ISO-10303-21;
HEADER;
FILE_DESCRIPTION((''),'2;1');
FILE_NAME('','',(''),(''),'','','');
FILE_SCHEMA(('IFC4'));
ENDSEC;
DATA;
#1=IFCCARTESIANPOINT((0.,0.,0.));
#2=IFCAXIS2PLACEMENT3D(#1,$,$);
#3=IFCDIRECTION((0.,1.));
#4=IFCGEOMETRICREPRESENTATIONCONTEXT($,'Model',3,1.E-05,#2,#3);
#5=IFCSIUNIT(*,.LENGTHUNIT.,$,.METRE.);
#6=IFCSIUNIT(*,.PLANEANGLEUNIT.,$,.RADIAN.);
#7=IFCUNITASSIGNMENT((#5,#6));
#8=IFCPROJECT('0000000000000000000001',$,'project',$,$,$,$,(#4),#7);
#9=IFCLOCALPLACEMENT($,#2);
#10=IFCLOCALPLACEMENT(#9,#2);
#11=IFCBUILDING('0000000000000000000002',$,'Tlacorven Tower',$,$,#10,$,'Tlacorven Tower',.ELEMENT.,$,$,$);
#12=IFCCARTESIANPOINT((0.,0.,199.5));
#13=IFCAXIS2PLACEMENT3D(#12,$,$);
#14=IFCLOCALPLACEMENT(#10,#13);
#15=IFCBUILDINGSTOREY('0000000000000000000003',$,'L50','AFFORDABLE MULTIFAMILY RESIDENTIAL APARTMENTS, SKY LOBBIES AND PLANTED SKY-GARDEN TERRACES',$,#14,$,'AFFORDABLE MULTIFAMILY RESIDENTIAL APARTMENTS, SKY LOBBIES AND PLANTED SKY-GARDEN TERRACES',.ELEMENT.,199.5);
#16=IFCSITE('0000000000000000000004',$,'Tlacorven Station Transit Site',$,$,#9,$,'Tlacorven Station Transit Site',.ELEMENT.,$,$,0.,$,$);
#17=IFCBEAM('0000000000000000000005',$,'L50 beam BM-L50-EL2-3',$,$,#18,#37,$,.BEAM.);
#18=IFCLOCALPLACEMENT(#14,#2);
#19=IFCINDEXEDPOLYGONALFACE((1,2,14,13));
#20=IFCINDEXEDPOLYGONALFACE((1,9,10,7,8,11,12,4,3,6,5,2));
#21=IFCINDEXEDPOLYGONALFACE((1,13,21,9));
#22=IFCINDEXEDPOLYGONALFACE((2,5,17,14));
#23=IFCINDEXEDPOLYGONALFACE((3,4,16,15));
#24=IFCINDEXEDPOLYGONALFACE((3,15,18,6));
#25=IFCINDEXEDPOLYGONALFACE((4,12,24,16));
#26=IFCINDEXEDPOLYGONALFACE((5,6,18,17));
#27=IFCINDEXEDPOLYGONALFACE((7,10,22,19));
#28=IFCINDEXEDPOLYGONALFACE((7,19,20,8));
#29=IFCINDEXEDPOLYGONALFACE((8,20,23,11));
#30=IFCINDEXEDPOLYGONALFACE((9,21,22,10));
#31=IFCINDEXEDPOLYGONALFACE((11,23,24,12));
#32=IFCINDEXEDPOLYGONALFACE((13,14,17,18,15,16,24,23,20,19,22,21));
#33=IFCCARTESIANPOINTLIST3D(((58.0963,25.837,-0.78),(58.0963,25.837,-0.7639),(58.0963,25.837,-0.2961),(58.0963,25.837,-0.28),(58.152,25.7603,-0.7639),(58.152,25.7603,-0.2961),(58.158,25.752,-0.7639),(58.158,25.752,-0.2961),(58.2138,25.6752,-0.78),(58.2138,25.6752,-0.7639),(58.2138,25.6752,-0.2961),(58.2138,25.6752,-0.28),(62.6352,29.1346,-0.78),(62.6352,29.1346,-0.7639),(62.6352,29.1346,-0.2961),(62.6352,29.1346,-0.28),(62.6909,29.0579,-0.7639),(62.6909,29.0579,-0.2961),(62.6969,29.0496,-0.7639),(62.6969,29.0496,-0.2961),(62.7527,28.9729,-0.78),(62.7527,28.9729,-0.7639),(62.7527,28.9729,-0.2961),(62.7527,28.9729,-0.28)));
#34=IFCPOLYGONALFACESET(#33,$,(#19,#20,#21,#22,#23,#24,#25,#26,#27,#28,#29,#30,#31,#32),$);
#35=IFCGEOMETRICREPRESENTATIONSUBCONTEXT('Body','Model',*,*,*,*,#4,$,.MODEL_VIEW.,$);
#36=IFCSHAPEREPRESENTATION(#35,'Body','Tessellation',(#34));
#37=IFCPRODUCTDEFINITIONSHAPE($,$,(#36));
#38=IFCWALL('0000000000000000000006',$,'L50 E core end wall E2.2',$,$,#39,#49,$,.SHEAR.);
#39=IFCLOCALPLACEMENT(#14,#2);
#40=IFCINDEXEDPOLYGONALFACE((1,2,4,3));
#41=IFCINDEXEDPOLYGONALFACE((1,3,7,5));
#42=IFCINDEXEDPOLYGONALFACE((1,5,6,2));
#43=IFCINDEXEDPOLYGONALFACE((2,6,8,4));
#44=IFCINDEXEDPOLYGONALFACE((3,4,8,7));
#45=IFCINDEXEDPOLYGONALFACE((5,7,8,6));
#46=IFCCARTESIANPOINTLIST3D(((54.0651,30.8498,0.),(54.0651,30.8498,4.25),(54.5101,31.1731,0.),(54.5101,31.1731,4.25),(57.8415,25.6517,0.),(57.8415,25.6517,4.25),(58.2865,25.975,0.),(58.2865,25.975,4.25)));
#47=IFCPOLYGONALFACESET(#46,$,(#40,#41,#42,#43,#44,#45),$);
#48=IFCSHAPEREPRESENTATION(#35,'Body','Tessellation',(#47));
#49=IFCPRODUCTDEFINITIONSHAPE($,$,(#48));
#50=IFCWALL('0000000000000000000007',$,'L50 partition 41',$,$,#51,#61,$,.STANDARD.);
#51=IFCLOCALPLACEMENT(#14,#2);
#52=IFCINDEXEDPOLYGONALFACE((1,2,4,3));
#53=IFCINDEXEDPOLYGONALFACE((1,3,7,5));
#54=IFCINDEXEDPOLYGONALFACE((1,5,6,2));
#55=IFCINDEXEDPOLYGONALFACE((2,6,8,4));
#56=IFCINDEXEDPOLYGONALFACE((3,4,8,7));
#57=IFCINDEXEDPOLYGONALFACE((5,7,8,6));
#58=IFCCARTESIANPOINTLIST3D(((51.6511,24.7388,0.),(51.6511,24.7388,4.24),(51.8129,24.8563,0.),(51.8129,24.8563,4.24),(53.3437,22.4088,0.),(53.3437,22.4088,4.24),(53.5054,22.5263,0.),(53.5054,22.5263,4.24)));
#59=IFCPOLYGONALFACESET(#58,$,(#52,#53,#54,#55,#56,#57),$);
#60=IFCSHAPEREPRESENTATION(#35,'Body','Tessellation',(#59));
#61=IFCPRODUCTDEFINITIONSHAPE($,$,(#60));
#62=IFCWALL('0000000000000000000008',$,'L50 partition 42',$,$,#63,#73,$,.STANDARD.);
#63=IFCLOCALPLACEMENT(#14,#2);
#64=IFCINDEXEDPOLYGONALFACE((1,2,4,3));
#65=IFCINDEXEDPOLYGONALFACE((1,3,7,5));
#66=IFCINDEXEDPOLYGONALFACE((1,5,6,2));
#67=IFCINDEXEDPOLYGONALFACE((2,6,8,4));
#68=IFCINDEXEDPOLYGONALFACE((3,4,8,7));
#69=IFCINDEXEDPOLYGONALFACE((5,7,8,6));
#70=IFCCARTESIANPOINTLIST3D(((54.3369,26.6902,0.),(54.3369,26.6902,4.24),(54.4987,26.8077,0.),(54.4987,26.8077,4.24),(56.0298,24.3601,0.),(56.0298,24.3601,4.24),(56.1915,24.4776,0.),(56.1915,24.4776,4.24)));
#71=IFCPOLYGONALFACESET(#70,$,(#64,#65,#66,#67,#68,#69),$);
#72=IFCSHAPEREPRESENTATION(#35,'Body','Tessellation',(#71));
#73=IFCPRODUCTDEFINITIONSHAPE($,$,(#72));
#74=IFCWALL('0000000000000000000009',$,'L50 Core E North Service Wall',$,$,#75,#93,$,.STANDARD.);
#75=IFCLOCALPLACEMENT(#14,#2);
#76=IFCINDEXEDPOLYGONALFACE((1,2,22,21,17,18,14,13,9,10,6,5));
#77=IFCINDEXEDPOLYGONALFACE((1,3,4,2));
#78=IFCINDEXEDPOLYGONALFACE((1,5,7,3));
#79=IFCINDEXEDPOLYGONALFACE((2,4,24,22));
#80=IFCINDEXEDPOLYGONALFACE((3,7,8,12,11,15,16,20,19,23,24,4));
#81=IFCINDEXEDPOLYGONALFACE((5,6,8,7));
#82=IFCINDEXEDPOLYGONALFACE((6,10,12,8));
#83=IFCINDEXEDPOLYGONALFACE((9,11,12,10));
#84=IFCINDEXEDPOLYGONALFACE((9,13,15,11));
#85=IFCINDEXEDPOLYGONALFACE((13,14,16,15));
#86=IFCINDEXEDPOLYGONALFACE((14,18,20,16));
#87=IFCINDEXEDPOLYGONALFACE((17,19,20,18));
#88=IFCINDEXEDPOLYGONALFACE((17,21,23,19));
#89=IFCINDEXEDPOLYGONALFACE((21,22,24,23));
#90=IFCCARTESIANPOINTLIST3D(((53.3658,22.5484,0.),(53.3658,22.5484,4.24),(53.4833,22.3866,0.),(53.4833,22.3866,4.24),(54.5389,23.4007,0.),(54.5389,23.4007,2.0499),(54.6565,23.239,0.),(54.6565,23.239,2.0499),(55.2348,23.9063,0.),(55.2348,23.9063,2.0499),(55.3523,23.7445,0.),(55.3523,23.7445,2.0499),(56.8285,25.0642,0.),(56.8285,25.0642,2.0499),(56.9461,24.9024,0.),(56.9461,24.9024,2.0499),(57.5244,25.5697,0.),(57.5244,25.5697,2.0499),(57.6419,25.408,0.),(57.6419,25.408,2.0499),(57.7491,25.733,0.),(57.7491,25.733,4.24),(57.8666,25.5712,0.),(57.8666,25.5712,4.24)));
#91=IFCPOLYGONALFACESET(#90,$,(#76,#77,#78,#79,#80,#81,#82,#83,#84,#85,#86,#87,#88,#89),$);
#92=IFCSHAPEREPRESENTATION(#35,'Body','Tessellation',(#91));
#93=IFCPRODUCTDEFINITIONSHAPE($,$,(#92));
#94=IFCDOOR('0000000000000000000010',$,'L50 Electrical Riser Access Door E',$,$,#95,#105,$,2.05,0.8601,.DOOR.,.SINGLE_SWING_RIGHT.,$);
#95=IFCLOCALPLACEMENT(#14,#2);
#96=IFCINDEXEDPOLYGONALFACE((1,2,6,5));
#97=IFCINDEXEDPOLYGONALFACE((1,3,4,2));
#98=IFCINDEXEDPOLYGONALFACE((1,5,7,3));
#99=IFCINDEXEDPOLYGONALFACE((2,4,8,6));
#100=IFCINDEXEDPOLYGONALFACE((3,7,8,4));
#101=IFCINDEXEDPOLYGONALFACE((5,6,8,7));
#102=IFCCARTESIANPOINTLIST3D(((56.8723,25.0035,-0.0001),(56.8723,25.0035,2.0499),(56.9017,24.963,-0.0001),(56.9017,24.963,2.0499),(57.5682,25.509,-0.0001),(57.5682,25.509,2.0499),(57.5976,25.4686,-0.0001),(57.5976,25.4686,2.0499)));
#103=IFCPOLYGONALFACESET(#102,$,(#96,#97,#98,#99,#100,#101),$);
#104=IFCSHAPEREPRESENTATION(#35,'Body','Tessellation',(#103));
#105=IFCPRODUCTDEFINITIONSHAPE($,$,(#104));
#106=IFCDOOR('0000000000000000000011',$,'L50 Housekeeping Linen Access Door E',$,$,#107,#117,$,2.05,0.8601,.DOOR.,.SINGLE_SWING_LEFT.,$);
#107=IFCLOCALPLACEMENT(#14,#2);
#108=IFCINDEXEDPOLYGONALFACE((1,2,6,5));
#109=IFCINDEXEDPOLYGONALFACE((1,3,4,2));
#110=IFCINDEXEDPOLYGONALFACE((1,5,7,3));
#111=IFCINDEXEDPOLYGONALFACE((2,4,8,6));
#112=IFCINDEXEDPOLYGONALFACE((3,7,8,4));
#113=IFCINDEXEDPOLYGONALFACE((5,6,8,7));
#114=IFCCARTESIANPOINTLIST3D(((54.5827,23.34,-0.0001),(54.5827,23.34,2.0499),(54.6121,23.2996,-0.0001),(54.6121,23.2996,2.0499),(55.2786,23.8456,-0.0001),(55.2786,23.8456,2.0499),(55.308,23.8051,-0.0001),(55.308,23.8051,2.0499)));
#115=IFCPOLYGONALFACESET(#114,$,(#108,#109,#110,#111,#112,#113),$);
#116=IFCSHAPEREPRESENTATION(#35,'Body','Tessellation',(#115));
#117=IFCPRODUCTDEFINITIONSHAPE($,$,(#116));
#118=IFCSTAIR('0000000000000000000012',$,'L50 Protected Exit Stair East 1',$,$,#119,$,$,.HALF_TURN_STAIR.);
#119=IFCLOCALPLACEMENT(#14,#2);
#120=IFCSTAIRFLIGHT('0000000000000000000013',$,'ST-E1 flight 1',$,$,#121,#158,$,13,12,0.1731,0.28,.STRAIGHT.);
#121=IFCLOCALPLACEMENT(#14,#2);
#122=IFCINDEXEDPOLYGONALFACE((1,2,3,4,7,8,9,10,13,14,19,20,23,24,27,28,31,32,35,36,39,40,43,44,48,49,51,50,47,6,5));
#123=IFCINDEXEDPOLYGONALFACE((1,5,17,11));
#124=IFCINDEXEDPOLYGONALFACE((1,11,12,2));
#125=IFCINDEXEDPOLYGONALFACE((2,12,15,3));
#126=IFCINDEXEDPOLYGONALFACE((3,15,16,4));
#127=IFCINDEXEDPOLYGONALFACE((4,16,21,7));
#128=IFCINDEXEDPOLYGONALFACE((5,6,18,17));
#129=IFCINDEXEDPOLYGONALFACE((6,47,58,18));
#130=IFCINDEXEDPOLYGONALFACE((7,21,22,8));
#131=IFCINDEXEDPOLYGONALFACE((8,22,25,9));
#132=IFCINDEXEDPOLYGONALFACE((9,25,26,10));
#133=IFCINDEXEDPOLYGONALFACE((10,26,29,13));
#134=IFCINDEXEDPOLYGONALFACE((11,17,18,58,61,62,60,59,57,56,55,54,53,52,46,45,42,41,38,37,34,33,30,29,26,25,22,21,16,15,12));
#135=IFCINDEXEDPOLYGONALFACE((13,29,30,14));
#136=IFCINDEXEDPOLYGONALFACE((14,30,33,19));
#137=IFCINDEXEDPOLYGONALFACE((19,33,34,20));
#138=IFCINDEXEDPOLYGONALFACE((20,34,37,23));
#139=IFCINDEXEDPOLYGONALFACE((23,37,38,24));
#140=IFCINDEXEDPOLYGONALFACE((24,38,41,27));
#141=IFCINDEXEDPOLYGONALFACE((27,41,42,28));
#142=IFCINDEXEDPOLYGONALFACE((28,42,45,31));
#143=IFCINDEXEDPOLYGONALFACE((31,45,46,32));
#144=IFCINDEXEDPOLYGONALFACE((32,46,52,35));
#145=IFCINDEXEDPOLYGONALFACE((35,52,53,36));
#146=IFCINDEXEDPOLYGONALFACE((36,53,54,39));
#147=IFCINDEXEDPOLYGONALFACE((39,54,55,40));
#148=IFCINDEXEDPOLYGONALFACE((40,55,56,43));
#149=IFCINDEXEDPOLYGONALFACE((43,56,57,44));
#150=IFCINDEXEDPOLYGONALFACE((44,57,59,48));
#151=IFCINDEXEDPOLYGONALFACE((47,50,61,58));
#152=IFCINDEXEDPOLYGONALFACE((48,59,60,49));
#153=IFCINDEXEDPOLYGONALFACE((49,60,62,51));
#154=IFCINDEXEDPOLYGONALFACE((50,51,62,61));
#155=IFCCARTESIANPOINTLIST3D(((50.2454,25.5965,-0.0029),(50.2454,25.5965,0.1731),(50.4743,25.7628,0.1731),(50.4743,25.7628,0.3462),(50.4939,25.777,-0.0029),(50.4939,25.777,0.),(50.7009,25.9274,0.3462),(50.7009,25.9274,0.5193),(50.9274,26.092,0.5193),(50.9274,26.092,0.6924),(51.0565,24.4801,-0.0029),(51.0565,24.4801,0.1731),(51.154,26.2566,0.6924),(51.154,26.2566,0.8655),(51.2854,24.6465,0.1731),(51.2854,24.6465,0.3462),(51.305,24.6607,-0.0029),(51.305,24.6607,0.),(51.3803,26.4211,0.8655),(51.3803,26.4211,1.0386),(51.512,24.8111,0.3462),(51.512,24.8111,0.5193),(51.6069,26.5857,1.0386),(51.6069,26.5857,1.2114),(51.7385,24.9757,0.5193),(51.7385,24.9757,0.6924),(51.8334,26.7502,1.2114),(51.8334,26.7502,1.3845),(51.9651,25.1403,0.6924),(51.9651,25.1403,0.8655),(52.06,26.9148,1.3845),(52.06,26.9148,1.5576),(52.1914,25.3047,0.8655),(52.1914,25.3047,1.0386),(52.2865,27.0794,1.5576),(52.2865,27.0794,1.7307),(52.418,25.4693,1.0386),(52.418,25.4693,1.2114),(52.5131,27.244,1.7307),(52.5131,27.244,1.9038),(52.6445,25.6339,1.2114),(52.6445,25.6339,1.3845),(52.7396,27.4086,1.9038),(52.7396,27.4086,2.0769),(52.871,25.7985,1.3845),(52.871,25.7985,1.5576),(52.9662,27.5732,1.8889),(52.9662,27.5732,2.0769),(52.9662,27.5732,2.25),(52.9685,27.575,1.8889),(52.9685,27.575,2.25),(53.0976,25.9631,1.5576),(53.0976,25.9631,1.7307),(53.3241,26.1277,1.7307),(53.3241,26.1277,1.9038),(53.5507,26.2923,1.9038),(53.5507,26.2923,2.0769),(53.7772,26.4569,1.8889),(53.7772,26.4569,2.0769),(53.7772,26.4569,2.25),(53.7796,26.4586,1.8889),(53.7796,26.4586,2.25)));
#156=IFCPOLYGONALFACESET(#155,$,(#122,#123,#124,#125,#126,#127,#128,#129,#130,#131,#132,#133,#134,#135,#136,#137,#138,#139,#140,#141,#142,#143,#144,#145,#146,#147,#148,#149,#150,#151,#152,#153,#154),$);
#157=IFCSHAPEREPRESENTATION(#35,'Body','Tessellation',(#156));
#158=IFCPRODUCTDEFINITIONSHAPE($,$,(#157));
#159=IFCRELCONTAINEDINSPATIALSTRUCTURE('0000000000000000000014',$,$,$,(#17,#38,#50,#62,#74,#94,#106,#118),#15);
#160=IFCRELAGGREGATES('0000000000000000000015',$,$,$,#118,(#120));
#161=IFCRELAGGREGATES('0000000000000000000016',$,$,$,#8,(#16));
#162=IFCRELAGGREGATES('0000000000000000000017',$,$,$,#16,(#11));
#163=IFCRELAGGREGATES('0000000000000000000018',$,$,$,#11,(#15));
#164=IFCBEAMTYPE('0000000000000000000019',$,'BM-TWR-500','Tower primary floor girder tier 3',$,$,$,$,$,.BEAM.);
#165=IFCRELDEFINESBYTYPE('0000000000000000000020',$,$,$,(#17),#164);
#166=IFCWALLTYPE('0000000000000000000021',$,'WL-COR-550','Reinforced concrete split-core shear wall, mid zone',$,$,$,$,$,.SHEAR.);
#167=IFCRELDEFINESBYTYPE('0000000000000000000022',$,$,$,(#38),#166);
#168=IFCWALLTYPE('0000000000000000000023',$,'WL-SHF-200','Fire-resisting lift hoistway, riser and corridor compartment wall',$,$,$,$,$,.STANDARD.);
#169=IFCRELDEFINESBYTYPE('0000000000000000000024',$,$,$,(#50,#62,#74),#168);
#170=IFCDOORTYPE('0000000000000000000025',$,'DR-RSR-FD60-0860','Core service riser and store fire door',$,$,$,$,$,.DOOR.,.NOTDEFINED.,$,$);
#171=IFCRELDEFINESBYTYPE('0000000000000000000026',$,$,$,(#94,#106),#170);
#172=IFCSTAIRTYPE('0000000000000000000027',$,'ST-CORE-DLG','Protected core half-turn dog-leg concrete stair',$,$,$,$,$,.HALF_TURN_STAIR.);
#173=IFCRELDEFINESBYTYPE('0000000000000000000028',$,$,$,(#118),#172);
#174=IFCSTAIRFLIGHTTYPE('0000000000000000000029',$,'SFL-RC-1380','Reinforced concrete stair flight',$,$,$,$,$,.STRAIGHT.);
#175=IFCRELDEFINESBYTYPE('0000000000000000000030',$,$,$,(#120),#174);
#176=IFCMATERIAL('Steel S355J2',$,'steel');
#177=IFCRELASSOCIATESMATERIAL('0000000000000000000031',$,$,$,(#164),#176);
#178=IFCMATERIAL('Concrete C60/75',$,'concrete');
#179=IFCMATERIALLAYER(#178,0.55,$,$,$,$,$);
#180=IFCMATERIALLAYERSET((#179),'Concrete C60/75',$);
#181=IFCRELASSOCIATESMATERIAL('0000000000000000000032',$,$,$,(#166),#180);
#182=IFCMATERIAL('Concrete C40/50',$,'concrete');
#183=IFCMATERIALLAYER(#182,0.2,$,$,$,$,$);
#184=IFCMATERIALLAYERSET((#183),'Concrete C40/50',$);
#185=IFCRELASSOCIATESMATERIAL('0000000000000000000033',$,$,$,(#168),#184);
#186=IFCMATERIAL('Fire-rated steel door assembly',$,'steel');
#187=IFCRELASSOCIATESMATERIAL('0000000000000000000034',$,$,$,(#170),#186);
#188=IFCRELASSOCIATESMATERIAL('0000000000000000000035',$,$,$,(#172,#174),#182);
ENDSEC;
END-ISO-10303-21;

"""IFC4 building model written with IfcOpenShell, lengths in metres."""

from ifc_helpers import new_model, si_unit, direction, frame, frame_2d, origin, origin_2d, place, context, subcontext, project, spatial, polyline, rectangle, i_section, outline, extrude, source, transform, mapped, material, layer, layer_set, material_profile, profile_set, type_object, element, fill, aggregate, save


model = new_model("IFC4")

# Units and contexts
model_context = context("Model", 3, precision=1e-05, world=origin(), true_north=direction((0.0, 1.0)))
body_context = subcontext(model_context, "Body", "Model", "MODEL_VIEW")
ifc_project = project(units=[si_unit("LENGTHUNIT", "METRE"), si_unit("PLANEANGLEUNIT", "RADIAN")], contexts=[model_context])

# Site, building, storey
site_placement = place(None, origin())
site = spatial("IfcSite", under=ifc_project, at=site_placement, Name="Tlacorven Station Transit Site", LongName="Tlacorven Station Transit Site", CompositionType="ELEMENT", RefElevation=0.0)
building_placement = place(site_placement, origin())
building = spatial("IfcBuilding", under=site, at=building_placement, Name="Tlacorven Tower", LongName="Tlacorven Tower", CompositionType="ELEMENT")
storey_placement = place(building_placement, frame((0.0, 0.0, 199.5)))
storey = spatial("IfcBuildingStorey", under=building, at=storey_placement, Name="L50", Description="AFFORDABLE MULTIFAMILY RESIDENTIAL APARTMENTS, SKY LOBBIES AND PLANTED SKY-GARDEN TERRACES", LongName="AFFORDABLE MULTIFAMILY RESIDENTIAL APARTMENTS, SKY LOBBIES AND PLANTED SKY-GARDEN TERRACES", CompositionType="ELEMENT", Elevation=199.5)

# Beam
ifc_material_1 = material(Name="Steel S355J2", Category="steel")
ifc_material_profile = material_profile(ifc_material_1, i_section(OverallWidth=0.2, OverallDepth=0.5, WebThickness=0.0103, FlangeThickness=0.0161, at=origin_2d()), Name="IPE 500")
ifc_profile_set = profile_set([ifc_material_profile], Name="Steel S355J2")
beam_type = type_object("IfcBeamType", Name="BM-TWR-500", Description="Tower primary floor girder tier 3", PredefinedType="BEAM", material=ifc_profile_set)
shared_shape_1 = source(origin(), body_context, "Body", "SweptSolid", [
    extrude(i_section(OverallWidth=0.2, OverallDepth=0.5, WebThickness=0.0103, FlangeThickness=0.0161, at=origin_2d()), origin(), (0.0, 0.0, 1.0), 5.6104),
])
beam_placement = place(storey_placement, frame((58.155, 25.7561, -0.53), z_axis=(0.80902, 0.587781, 0.0), x_axis=(-0.587781, 0.80902, 0.0)))
element("IfcBeam", 1, at=beam_placement, inside=storey, type_object=beam_type, Name="L50 beam BM-L50-EL2-3", PredefinedType="BEAM", context=body_context, shape_type="MappedRepresentation", body=[
    mapped(shared_shape_1, transform((0.0, 0.0, 0.0), scale=1.0)),
])

# Walls
ifc_material_2 = material(Name="Concrete C60/75", Category="concrete")
ifc_layer_1 = layer(ifc_material_2, 0.55)
ifc_layer_set_1 = layer_set([ifc_layer_1], Name="Concrete C60/75")
wall_type_1 = type_object("IfcWallType", Name="WL-COR-550", Description="Reinforced concrete split-core shear wall, mid zone", PredefinedType="SHEAR", material=ifc_layer_set_1)
wall_1_placement = place(storey_placement, frame((58.064, 25.8135, 0.0), z_axis=(0.0, 0.0, 1.0), x_axis=(-0.587765, 0.809032, 0.0)))
element("IfcWall", 2, at=wall_1_placement, inside=storey, type_object=wall_type_1, Name="L50 E core end wall E2.2", PredefinedType="SHEAR", context=body_context, shape_type="SweptSolid", body=[
    extrude(rectangle(XDim=6.425, YDim=0.55, at=frame_2d((3.2124, 0.0))), origin(), (0.0, 0.0, 1.0), 4.25),
])
ifc_material_3 = material(Name="Concrete C40/50", Category="concrete")
ifc_layer_2 = layer(ifc_material_3, 0.2)
ifc_layer_set_2 = layer_set([ifc_layer_2], Name="Concrete C40/50")
wall_type_2 = type_object("IfcWallType", Name="WL-SHF-200", Description="Fire-resisting lift hoistway, riser and corridor compartment wall", PredefinedType="STANDARD", material=ifc_layer_set_2)
wall_2_placement = place(storey_placement, frame((53.4246, 22.4675, 0.0), z_axis=(0.0, 0.0, 1.0), x_axis=(-0.587723, 0.809062, 0.0)))
element("IfcWall", 3, at=wall_2_placement, inside=storey, type_object=wall_type_2, Name="L50 partition 41", PredefinedType="STANDARD", context=body_context, shape_type="SweptSolid", body=[
    extrude(rectangle(XDim=2.8799, YDim=0.2, at=frame_2d((1.4399, 0.0))), origin(), (0.0, 0.0, 1.0), 4.24),
])
wall_3_placement = place(storey_placement, frame((56.1106, 24.4189, 0.0), z_axis=(0.0, 0.0, 1.0), x_axis=(-0.587778, 0.809022, 0.0)))
element("IfcWall", 4, at=wall_3_placement, inside=storey, type_object=wall_type_2, Name="L50 partition 42", PredefinedType="STANDARD", context=body_context, shape_type="SweptSolid", body=[
    extrude(rectangle(XDim=2.8801, YDim=0.2, at=frame_2d((1.4399, 0.0))), origin(), (0.0, 0.0, 1.0), 4.24),
])

# Wall, openings, doors
wall_4_placement = place(storey_placement, frame((53.4246, 22.4675, 0.0), z_axis=(0.0, 0.0, 1.0), x_axis=(0.809024, 0.587775, 0.0)))
wall_4 = element("IfcWall", 5, at=wall_4_placement, inside=storey, type_object=wall_type_2, Name="L50 Core E North Service Wall", PredefinedType="STANDARD", context=body_context, shape_type="SweptSolid", body=[
    extrude(rectangle(XDim=5.418, YDim=0.2, at=frame_2d((2.709, 0.0))), origin(), (0.0, 0.0, 1.0), 4.24),
])
opening_1_placement = place(wall_4_placement, frame((4.28, 0.0, 0.0)))
opening_1 = element("IfcOpeningElement", 6, at=opening_1_placement, cuts=wall_4, PredefinedType="OPENING", context=body_context, shape_type="SweptSolid", body=[
    extrude(rectangle(XDim=0.8601, YDim=2.05, at=frame_2d((0.4302, 1.0249))), frame((0.0, 0.1099, 0.0), z_axis=(0.0, -1.0, 0.0), x_axis=(1.0, 0.0, 0.0)), (0.0, 0.0, 1.0), 0.22),
])
opening_2_placement = place(wall_4_placement, frame((1.45, 0.0, 0.0)))
opening_2 = element("IfcOpeningElement", 7, at=opening_2_placement, cuts=wall_4, PredefinedType="OPENING", context=body_context, shape_type="SweptSolid", body=[
    extrude(rectangle(XDim=0.8601, YDim=2.05, at=frame_2d((0.4302, 1.0249))), frame((0.0, 0.1099, 0.0), z_axis=(0.0, -1.0, 0.0), x_axis=(1.0, 0.0, 0.0)), (0.0, 0.0, 1.0), 0.22),
])
ifc_material_4 = material(Name="Fire-rated steel door assembly", Category="steel")
door_type = type_object("IfcDoorType", Name="DR-RSR-FD60-0860", Description="Core service riser and store fire door", OperationType="NOTDEFINED", PredefinedType="DOOR", material=ifc_material_4)
shared_shape_2 = source(origin(), body_context, "Body", "SweptSolid", [
    extrude(rectangle(XDim=0.8601, YDim=2.05, at=frame_2d((0.4302, 1.0249))), frame((0.0, 0.0249, 0.0), z_axis=(0.0, -1.0, 0.0), x_axis=(1.0, 0.0, 0.0)), (0.0, 0.0, 1.0), 0.05),
])
door_1_placement = place(opening_1_placement, frame((0.8601, 0.0, 0.0), z_axis=(0.0, 0.0, 1.0), x_axis=(-1.0, 0.0, 0.0)))
door_1 = element("IfcDoor", 8, at=door_1_placement, inside=storey, type_object=door_type, Name="L50 Electrical Riser Access Door E", OperationType="SINGLE_SWING_RIGHT", OverallHeight=2.05, OverallWidth=0.8601, PredefinedType="DOOR", context=body_context, shape_type="MappedRepresentation", body=[
    mapped(shared_shape_2, transform((0.0, 0.0, 0.0), scale=1.0)),
])
fill(opening_1, door_1)
door_2_placement = place(opening_2_placement, frame((0.8601, 0.0, 0.0), z_axis=(0.0, 0.0, 1.0), x_axis=(-1.0, 0.0, 0.0)))
door_2 = element("IfcDoor", 9, at=door_2_placement, inside=storey, type_object=door_type, Name="L50 Housekeeping Linen Access Door E", OperationType="SINGLE_SWING_LEFT", OverallHeight=2.05, OverallWidth=0.8601, PredefinedType="DOOR", context=body_context, shape_type="MappedRepresentation", body=[
    mapped(shared_shape_2, transform((0.0, 0.0, 0.0), scale=1.0)),
])
fill(opening_2, door_2)

# Stair, stair flight
stair_type = type_object("IfcStairType", Name="ST-CORE-DLG", Description="Protected core half-turn dog-leg concrete stair", PredefinedType="HALF_TURN_STAIR", material=ifc_material_3)
stair_placement = place(storey_placement, origin())
stair = element("IfcStair", 10, at=stair_placement, inside=storey, type_object=stair_type, Name="L50 Protected Exit Stair East 1", PredefinedType="HALF_TURN_STAIR")
stair_flight_type = type_object("IfcStairFlightType", Name="SFL-RC-1380", Description="Reinforced concrete stair flight", PredefinedType="STRAIGHT", material=ifc_material_3)
shared_shape_3 = source(origin(), body_context, "Body", "SweptSolid", [
    extrude(outline(polyline([(-0.0029, -0.0029), (-0.0029, 0.1731), (0.28, 0.1731), (0.28, 0.3462), (0.5601, 0.3462), (0.5601, 0.5193), (0.8401, 0.5193), (0.8401, 0.6924), (1.1201, 0.6924), (1.1201, 0.8655), (1.3999, 0.8655), (1.3999, 1.0386), (1.6799, 1.0386), (1.6799, 1.2114), (1.96, 1.2114), (1.96, 1.3845), (2.24, 1.3845), (2.24, 1.5576), (2.52, 1.5576), (2.52, 1.7307), (2.8, 1.7307), (2.8, 1.9038), (3.0801, 1.9038), (3.0801, 2.0769), (3.3601, 2.0769), (3.3601, 2.25), (3.363, 2.25), (3.363, 1.8889), (3.3601, 1.8889), (0.3042, 0.0), (0.3042, -0.0029), (-0.0029, -0.0029)])), frame((0.0, 0.6899, 0.0), z_axis=(0.0, -1.0, 0.0), x_axis=(1.0, 0.0, 0.0)), (0.0, 0.0, 1.0), 1.3799),
])
stair_flight_placement = place(storey_placement, frame((50.6533, 25.04, 0.0), z_axis=(0.0, 0.0, 1.0), x_axis=(0.809017, 0.587785, 0.0)))
stair_flight = element("IfcStairFlight", 11, at=stair_flight_placement, type_object=stair_flight_type, Name="ST-E1 flight 1", NumberOfRisers=13, NumberOfTreads=12, PredefinedType="STRAIGHT", RiserHeight=0.1731, TreadLength=0.28, context=body_context, shape_type="MappedRepresentation", body=[
    mapped(shared_shape_3, transform((0.0, 0.0, 0.0), scale=1.0)),
])
aggregate(stair, [stair_flight])

save(model, "model.ifc")
